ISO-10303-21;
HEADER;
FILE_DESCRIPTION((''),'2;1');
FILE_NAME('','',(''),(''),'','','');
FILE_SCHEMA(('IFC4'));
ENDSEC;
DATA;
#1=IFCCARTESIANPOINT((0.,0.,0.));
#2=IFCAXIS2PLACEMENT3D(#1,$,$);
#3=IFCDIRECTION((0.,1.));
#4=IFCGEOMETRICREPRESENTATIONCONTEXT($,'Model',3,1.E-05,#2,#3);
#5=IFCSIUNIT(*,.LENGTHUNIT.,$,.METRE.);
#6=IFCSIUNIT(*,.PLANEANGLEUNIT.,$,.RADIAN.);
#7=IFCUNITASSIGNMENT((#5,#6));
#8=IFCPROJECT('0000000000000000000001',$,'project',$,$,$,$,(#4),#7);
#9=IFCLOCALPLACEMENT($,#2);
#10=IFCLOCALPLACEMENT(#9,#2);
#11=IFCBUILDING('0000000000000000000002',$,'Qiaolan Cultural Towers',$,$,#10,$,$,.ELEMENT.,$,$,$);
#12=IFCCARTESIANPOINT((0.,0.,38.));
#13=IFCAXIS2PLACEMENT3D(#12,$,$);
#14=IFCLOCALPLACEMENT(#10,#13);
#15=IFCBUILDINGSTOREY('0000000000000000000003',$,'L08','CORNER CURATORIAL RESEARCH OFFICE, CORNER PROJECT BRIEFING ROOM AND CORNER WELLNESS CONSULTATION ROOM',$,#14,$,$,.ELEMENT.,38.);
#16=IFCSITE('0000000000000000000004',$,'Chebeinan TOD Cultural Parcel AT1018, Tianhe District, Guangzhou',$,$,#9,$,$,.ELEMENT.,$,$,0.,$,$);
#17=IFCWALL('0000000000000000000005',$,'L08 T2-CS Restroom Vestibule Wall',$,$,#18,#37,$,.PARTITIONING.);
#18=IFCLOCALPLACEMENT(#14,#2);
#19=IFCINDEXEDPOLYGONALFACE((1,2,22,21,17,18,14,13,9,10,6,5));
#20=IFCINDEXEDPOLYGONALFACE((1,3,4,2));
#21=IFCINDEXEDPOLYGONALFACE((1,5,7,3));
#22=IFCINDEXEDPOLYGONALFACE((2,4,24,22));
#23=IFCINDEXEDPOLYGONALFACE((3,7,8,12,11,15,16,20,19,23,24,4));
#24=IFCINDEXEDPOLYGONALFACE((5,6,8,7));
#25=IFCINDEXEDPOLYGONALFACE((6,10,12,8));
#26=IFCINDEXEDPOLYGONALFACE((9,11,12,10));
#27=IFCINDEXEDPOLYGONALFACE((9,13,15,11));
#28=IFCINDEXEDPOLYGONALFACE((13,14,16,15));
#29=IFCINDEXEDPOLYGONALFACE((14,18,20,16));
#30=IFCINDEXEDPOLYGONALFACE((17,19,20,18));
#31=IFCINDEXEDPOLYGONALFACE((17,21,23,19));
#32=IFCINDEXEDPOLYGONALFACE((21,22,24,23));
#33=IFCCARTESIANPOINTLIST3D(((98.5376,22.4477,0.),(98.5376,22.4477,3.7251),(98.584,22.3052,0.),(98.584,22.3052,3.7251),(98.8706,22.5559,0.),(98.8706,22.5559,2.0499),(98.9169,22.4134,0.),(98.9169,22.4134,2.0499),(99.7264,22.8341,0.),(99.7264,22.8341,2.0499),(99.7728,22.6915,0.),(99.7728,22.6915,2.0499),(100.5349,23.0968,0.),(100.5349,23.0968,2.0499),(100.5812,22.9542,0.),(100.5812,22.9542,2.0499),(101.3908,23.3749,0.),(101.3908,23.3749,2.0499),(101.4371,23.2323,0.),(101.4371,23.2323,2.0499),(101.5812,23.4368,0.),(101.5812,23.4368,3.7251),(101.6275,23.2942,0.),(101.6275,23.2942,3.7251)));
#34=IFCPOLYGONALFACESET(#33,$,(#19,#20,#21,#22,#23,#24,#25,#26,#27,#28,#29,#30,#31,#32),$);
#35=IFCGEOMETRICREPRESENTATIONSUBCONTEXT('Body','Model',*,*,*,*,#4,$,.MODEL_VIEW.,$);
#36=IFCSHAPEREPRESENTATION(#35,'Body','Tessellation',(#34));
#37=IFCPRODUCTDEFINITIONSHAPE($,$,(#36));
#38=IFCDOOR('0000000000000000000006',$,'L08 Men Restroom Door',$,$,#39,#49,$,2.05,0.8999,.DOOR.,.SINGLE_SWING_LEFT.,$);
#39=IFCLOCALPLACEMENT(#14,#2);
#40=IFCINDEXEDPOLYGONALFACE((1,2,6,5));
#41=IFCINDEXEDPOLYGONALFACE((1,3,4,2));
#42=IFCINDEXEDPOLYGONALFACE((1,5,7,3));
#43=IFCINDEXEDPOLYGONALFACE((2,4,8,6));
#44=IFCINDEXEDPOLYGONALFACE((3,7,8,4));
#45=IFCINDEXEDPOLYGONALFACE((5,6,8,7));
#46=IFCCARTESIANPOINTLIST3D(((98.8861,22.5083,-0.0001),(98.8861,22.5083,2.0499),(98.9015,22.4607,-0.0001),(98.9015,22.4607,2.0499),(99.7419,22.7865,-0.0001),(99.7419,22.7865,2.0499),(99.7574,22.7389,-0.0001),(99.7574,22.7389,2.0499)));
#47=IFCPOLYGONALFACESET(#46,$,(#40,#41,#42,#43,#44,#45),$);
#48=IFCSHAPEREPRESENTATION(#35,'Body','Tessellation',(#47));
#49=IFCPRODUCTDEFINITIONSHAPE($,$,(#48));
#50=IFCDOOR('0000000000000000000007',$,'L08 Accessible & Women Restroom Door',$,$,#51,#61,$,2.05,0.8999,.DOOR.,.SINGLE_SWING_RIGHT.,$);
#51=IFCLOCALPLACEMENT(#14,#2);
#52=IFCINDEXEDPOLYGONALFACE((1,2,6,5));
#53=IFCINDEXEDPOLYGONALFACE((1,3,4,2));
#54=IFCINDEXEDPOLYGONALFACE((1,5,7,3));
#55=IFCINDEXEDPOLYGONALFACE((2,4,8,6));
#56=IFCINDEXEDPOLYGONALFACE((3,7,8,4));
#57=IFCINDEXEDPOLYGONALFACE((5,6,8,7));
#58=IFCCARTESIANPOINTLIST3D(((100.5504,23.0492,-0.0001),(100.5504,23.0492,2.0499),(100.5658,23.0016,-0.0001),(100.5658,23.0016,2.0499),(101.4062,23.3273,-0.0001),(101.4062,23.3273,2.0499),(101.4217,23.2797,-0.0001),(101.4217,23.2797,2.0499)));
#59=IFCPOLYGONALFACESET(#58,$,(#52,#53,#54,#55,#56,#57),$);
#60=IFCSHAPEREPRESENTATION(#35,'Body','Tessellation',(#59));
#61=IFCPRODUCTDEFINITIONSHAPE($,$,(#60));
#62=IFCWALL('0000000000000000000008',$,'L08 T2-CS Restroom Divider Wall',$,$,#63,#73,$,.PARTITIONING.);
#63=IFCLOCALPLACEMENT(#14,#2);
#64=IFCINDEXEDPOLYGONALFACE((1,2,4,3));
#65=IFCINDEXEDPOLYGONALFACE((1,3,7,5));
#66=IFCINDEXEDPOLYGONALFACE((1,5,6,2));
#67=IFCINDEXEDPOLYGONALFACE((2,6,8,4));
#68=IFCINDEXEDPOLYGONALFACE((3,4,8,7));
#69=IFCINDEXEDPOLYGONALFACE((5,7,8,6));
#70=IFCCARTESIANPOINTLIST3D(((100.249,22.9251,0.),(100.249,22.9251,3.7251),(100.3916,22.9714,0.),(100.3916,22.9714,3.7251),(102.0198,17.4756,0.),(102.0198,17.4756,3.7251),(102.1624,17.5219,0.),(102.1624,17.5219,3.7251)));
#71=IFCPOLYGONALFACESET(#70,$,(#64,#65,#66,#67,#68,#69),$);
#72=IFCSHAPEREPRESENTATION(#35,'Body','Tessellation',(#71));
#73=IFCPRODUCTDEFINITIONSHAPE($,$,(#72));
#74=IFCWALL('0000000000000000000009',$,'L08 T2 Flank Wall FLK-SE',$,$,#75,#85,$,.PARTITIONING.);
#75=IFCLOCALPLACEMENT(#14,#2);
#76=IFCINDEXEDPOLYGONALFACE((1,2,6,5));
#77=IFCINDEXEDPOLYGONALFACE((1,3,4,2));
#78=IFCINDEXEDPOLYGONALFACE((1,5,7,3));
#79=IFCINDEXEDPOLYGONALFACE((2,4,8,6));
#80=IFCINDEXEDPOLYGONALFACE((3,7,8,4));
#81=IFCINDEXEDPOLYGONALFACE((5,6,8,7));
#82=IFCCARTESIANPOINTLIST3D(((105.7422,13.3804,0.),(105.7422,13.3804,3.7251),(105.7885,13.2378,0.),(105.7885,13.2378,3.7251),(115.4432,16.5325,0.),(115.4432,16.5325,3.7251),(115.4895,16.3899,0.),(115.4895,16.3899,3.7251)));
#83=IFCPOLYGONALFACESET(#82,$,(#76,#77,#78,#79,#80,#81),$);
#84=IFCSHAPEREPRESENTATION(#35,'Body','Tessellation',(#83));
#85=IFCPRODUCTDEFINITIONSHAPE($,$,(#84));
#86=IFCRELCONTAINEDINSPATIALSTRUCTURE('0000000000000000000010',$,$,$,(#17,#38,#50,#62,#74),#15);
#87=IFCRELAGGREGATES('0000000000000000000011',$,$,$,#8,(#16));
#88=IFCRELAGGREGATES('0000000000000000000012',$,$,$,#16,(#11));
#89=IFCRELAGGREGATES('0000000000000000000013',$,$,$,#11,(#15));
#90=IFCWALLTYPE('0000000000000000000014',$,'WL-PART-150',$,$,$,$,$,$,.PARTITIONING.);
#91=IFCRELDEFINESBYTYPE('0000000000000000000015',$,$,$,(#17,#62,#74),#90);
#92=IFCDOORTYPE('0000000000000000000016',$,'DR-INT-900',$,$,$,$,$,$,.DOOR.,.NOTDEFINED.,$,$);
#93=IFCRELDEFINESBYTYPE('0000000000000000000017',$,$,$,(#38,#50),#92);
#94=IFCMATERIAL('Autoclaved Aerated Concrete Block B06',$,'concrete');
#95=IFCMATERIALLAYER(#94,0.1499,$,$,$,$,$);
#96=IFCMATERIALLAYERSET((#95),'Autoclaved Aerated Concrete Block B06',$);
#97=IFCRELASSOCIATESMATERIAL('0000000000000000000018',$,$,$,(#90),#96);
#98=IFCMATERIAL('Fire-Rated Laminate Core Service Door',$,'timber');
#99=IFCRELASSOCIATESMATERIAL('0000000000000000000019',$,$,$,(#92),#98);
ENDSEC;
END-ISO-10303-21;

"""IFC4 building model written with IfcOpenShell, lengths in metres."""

from ifc_helpers import new_model, si_unit, direction, frame, frame_2d, origin, place, context, subcontext, project, spatial, rectangle, extrude, material, layer, layer_set, type_object, element, fill, save


model = new_model("IFC4")

# Units and contexts
model_context = context("Model", 3, precision=1e-05, world=origin(), true_north=direction((0.0, 1.0)))
body_context = subcontext(model_context, "Body", "Model", "MODEL_VIEW")
ifc_project = project(units=[si_unit("LENGTHUNIT", "METRE"), si_unit("PLANEANGLEUNIT", "RADIAN")], contexts=[model_context])

# Site, building, storey
site_placement = place(None, origin())
site = spatial("IfcSite", under=ifc_project, at=site_placement, Name="Chebeinan TOD Cultural Parcel AT1018, Tianhe District, Guangzhou", CompositionType="ELEMENT", RefElevation=0.0)
building_placement = place(site_placement, origin())
building = spatial("IfcBuilding", under=site, at=building_placement, Name="Qiaolan Cultural Towers", CompositionType="ELEMENT")
storey_placement = place(building_placement, frame((0.0, 0.0, 38.0)))
storey = spatial("IfcBuildingStorey", under=building, at=storey_placement, Name="L08", Description="CORNER CURATORIAL RESEARCH OFFICE, CORNER PROJECT BRIEFING ROOM AND CORNER WELLNESS CONSULTATION ROOM", CompositionType="ELEMENT", Elevation=38.0)

# Shared definitions
ifc_material_1 = material(Name="Autoclaved Aerated Concrete Block B06", Category="concrete")
ifc_layer_1 = layer(ifc_material_1, 0.1499)
ifc_layer_set_1 = layer_set([ifc_layer_1], Name="Autoclaved Aerated Concrete Block B06")
wall_type_1 = type_object("IfcWallType", Name="WL-PART-150", PredefinedType="PARTITIONING", material=ifc_layer_set_1)

# Wall, openings, doors
wall_1_placement = place(storey_placement, frame((98.5608, 22.3765, 0.0), z_axis=(0.0, 0.0, 1.0), x_axis=(0.951044, 0.309055, 0.0)))
wall_1 = element("IfcWall", 1, at=wall_1_placement, inside=storey, type_object=wall_type_1, Name="L08 T2-CS Restroom Vestibule Wall", PredefinedType="PARTITIONING", context=body_context, shape_type="SweptSolid", body=[
    extrude(rectangle(XDim=3.2002, YDim=0.1499, at=frame_2d((1.6001, 0.0))), origin(), (0.0, 0.0, 1.0), 3.7251),
])
opening_1_placement = place(wall_1_placement, frame((0.3501, 0.0, 0.0)))
opening_1 = element("IfcOpeningElement", 2, at=opening_1_placement, cuts=wall_1, PredefinedType="OPENING", context=body_context, shape_type="SweptSolid", body=[
    extrude(rectangle(XDim=0.8999, YDim=2.05, at=frame_2d((0.45, 1.0249))), frame((0.0, 0.085, 0.0), z_axis=(0.0, -1.0, 0.0), x_axis=(1.0, 0.0, 0.0)), (0.0, 0.0, 1.0), 0.1699),
])
opening_2_placement = place(wall_1_placement, frame((2.1001, 0.0, 0.0)))
opening_2 = element("IfcOpeningElement", 3, at=opening_2_placement, cuts=wall_1, PredefinedType="OPENING", context=body_context, shape_type="SweptSolid", body=[
    extrude(rectangle(XDim=0.8999, YDim=2.05, at=frame_2d((0.45, 1.0249))), frame((0.0, 0.085, 0.0), z_axis=(0.0, -1.0, 0.0), x_axis=(1.0, 0.0, 0.0)), (0.0, 0.0, 1.0), 0.1699),
])
ifc_material_2 = material(Name="Fire-Rated Laminate Core Service Door", Category="timber")
door_type_1 = type_object("IfcDoorType", Name="DR-INT-900", OperationType="NOTDEFINED", PredefinedType="DOOR", material=ifc_material_2)
door_1_placement = place(opening_1_placement, origin())
door_1 = element("IfcDoor", 4, at=door_1_placement, inside=storey, type_object=door_type_1, Name="L08 Men Restroom Door", OperationType="SINGLE_SWING_LEFT", OverallHeight=2.05, OverallWidth=0.8999, PredefinedType="DOOR", context=body_context, shape_type="SweptSolid", body=[
    extrude(rectangle(XDim=0.8999, YDim=2.05, at=frame_2d((0.45, 1.0249))), frame((0.0, 0.0249, 0.0), z_axis=(0.0, -1.0, 0.0), x_axis=(1.0, 0.0, 0.0)), (0.0, 0.0, 1.0), 0.05),
])
fill(opening_1, door_1)
door_2_placement = place(opening_2_placement, origin())
door_2 = element("IfcDoor", 5, at=door_2_placement, inside=storey, type_object=door_type_1, Name="L08 Accessible & Women Restroom Door", OperationType="SINGLE_SWING_RIGHT", OverallHeight=2.05, OverallWidth=0.8999, PredefinedType="DOOR", context=body_context, shape_type="SweptSolid", body=[
    extrude(rectangle(XDim=0.8999, YDim=2.05, at=frame_2d((0.45, 1.0249))), frame((0.0, 0.0249, 0.0), z_axis=(0.0, -1.0, 0.0), x_axis=(1.0, 0.0, 0.0)), (0.0, 0.0, 1.0), 0.05),
])
fill(opening_2, door_2)

# Walls
wall_2_placement = place(storey_placement, frame((100.3203, 22.9482, 0.0), z_axis=(0.0, 0.0, 1.0), x_axis=(0.309035, -0.951051, 0.0)))
element("IfcWall", 6, at=wall_2_placement, inside=storey, type_object=wall_type_1, Name="L08 T2-CS Restroom Divider Wall", PredefinedType="PARTITIONING", context=body_context, shape_type="SweptSolid", body=[
    extrude(rectangle(XDim=5.73, YDim=0.1499, at=frame_2d((2.865, 0.0))), origin(), (0.0, 0.0, 1.0), 3.7251),
])
wall_3_placement = place(storey_placement, frame((105.7654, 13.3091, 0.0), z_axis=(0.0, 0.0, 1.0), x_axis=(0.951054, 0.309024, 0.0)))
element("IfcWall", 7, at=wall_3_placement, inside=storey, type_object=wall_type_1, Name="L08 T2 Flank Wall FLK-SE", PredefinedType="PARTITIONING", context=body_context, shape_type="SweptSolid", body=[
    extrude(rectangle(XDim=10.2002, YDim=0.1499, at=frame_2d((5.1001, 0.0))), origin(), (0.0, 0.0, 1.0), 3.7251),
])

save(model, "model.ifc")
